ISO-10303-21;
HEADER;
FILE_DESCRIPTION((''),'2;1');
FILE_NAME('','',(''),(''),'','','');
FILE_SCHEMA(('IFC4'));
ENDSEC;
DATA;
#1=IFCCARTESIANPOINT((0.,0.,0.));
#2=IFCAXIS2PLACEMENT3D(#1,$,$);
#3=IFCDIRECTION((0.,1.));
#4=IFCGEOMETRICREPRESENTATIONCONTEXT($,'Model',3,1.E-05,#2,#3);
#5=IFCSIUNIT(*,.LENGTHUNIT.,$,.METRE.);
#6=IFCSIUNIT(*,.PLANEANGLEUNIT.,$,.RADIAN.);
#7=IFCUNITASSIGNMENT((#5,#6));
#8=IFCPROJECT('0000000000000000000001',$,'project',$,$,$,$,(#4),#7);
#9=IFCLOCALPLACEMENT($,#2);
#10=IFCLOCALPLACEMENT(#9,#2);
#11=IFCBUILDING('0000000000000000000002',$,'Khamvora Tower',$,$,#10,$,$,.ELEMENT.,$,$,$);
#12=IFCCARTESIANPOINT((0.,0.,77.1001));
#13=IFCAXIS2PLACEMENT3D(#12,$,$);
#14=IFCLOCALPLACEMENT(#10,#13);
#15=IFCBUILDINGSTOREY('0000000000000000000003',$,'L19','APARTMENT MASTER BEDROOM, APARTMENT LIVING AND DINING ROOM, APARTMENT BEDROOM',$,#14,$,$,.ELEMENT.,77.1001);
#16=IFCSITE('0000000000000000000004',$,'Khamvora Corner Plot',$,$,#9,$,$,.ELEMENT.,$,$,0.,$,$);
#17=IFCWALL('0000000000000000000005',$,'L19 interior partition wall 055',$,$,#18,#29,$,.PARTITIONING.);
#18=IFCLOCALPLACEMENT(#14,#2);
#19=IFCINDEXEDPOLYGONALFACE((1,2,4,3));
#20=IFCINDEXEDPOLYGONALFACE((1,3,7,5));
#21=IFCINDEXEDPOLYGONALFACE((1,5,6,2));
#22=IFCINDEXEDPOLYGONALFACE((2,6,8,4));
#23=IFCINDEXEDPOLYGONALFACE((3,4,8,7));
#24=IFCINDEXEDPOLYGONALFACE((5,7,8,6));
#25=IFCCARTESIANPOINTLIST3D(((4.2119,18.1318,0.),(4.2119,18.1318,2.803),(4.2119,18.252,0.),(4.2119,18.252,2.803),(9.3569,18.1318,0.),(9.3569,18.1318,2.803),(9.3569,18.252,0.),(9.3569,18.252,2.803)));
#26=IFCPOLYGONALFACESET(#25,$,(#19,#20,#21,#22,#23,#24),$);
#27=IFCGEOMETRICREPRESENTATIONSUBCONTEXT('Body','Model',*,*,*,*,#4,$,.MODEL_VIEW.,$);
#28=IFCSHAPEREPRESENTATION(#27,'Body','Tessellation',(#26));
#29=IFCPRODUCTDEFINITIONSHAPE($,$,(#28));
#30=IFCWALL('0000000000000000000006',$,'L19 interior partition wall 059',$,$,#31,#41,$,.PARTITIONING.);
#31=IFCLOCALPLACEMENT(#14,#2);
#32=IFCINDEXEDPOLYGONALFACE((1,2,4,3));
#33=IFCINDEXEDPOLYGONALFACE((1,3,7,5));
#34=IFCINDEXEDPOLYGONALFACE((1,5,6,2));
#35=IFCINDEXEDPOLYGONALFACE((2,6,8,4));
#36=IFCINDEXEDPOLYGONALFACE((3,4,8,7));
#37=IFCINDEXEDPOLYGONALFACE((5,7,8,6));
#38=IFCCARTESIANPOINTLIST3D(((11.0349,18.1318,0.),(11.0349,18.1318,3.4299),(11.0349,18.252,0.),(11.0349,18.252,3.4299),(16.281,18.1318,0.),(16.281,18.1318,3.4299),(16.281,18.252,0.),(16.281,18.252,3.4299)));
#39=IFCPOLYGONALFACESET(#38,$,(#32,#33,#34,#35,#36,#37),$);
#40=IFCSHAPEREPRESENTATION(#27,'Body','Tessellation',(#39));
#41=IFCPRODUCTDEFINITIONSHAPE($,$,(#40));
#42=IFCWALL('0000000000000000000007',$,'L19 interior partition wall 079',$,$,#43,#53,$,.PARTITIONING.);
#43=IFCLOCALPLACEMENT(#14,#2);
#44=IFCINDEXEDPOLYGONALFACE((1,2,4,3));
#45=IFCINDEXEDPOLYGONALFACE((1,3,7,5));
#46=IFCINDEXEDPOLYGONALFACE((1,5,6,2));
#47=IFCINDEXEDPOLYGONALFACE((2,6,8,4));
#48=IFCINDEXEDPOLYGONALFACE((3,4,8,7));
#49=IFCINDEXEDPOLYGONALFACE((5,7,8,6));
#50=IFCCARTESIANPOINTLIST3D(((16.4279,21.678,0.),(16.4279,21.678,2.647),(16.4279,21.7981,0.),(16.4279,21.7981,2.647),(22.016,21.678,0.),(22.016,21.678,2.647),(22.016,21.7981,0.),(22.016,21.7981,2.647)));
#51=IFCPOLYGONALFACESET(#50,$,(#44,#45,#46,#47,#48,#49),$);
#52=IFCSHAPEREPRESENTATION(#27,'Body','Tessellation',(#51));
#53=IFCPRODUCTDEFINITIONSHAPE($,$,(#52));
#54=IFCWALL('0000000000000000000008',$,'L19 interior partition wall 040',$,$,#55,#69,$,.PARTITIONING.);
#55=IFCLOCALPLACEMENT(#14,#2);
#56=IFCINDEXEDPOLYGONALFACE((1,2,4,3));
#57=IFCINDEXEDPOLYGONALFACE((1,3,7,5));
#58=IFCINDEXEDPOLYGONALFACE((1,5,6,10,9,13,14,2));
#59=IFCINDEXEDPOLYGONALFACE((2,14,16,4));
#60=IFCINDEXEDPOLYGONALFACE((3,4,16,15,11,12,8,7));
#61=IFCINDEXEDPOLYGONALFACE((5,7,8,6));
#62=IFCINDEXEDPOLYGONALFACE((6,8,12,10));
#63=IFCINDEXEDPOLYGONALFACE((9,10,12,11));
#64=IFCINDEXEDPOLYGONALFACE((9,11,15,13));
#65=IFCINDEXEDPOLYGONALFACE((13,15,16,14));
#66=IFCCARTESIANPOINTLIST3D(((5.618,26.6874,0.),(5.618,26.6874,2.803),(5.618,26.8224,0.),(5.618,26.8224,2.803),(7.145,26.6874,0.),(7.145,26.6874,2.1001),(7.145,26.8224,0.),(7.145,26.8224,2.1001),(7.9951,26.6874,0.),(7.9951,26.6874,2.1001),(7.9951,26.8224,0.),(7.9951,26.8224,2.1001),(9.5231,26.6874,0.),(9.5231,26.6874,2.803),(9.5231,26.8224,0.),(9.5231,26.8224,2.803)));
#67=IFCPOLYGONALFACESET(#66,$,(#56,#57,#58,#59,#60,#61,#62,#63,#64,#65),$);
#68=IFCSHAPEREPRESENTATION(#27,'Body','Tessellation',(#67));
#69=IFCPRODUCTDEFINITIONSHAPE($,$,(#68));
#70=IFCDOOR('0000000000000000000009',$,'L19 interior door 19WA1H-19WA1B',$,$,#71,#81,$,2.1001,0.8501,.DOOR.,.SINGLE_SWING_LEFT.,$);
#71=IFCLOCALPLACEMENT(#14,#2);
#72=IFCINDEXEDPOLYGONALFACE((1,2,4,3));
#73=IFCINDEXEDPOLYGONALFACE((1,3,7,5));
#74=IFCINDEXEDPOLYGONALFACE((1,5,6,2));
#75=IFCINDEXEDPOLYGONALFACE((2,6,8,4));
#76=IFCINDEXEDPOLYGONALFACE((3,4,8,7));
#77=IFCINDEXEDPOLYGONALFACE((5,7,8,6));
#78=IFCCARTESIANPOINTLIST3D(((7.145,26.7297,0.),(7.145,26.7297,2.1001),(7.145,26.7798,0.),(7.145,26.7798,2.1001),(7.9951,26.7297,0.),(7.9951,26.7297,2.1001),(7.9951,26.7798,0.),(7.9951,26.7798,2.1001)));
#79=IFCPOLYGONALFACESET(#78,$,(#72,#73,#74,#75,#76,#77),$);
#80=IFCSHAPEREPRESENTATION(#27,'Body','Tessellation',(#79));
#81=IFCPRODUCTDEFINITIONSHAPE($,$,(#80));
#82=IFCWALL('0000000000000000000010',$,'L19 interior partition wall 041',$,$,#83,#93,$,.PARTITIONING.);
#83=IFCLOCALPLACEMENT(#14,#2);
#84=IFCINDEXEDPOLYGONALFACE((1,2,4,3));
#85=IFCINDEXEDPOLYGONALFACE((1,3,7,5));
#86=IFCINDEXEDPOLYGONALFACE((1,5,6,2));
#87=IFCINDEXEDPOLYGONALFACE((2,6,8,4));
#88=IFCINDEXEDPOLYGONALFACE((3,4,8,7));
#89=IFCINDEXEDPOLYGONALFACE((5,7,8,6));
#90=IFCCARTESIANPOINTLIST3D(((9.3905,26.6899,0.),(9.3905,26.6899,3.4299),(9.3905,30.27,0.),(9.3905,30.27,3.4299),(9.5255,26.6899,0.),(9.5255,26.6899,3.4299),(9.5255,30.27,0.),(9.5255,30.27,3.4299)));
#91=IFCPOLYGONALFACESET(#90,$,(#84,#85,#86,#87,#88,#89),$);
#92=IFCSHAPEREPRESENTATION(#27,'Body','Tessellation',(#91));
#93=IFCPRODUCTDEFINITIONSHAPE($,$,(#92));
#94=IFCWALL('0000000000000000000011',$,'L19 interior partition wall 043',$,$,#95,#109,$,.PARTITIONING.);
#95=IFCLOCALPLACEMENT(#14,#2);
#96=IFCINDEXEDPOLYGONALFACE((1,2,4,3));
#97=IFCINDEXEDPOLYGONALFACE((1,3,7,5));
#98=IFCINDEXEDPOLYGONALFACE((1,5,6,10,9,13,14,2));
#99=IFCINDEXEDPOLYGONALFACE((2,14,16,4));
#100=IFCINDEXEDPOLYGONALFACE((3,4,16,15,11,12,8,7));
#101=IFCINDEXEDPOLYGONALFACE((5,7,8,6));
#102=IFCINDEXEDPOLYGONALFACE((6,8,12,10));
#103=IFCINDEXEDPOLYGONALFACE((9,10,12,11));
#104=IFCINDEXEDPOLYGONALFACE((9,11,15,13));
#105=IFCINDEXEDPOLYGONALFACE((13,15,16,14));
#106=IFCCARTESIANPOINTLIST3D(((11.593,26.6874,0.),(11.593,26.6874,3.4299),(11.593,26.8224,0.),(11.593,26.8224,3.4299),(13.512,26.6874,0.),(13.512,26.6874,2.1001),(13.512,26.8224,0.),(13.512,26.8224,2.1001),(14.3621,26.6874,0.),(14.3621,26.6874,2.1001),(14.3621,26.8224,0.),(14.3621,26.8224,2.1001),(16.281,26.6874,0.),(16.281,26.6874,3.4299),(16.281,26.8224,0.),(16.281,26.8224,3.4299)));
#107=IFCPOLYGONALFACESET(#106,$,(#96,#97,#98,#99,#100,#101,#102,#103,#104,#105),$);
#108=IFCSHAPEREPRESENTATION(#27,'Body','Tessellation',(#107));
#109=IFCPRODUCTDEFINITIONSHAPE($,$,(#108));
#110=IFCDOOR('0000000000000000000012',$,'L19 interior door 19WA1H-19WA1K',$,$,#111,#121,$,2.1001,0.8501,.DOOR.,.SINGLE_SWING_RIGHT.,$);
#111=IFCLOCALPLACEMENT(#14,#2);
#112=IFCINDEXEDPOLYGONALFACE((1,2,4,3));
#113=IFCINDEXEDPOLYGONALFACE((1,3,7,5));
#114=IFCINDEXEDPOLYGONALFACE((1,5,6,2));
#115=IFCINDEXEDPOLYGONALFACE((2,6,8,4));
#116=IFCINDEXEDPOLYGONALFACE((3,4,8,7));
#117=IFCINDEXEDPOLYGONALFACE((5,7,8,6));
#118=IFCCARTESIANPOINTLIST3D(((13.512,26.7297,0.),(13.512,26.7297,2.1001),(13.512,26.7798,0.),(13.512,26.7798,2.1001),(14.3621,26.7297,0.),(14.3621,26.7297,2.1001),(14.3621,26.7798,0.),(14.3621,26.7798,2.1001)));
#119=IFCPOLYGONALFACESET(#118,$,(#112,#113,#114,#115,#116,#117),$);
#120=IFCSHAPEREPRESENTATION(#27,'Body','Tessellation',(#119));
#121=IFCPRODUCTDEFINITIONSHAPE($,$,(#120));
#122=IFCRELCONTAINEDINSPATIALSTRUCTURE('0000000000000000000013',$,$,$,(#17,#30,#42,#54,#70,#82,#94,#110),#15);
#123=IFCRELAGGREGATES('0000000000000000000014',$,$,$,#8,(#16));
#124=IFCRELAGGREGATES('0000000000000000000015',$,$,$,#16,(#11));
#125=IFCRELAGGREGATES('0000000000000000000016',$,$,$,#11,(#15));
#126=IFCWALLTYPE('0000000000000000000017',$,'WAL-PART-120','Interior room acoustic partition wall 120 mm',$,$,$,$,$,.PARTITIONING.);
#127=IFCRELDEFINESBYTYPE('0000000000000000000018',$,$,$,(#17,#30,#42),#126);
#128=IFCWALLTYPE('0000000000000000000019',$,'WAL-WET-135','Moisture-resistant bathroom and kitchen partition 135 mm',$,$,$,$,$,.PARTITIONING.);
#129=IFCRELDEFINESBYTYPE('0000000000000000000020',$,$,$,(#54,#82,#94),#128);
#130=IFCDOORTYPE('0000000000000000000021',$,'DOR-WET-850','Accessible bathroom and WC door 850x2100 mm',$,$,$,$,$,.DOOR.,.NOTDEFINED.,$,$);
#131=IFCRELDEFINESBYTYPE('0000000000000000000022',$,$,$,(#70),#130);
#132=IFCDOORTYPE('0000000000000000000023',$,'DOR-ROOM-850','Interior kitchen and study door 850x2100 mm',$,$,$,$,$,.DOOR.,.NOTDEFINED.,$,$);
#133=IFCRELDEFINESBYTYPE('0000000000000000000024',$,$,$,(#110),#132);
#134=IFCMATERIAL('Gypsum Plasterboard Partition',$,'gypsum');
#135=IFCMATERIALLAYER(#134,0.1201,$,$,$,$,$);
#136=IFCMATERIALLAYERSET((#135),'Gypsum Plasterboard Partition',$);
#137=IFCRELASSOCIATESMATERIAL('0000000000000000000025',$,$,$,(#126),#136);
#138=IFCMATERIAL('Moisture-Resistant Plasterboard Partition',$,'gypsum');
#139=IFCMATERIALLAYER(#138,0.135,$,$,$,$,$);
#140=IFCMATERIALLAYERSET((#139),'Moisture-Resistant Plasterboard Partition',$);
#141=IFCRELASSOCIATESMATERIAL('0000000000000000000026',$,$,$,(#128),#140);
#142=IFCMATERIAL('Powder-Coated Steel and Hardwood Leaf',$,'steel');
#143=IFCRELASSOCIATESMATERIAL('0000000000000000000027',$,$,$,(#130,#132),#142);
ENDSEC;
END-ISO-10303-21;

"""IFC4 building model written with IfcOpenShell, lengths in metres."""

from ifc_helpers import new_model, si_unit, direction, frame, frame_2d, origin, place, context, subcontext, project, spatial, rectangle, extrude, material, layer, layer_set, type_object, element, fill, save


model = new_model("IFC4")

# Units and contexts
model_context = context("Model", 3, precision=1e-05, world=origin(), true_north=direction((0.0, 1.0)))
body_context = subcontext(model_context, "Body", "Model", "MODEL_VIEW")
ifc_project = project(units=[si_unit("LENGTHUNIT", "METRE"), si_unit("PLANEANGLEUNIT", "RADIAN")], contexts=[model_context])

# Site, building, storey
site_placement = place(None, origin())
site = spatial("IfcSite", under=ifc_project, at=site_placement, Name="Khamvora Corner Plot", CompositionType="ELEMENT", RefElevation=0.0)
building_placement = place(site_placement, origin())
building = spatial("IfcBuilding", under=site, at=building_placement, Name="Khamvora Tower", CompositionType="ELEMENT")
storey_placement = place(building_placement, frame((0.0, 0.0, 77.1001)))
storey = spatial("IfcBuildingStorey", under=building, at=storey_placement, Name="L19", Description="APARTMENT MASTER BEDROOM, APARTMENT LIVING AND DINING ROOM, APARTMENT BEDROOM", CompositionType="ELEMENT", Elevation=77.1001)

# Shared definitions
ifc_material_1 = material(Name="Gypsum Plasterboard Partition", Category="gypsum")
ifc_layer_1 = layer(ifc_material_1, 0.1201)
ifc_layer_set_1 = layer_set([ifc_layer_1], Name="Gypsum Plasterboard Partition")
wall_type_1 = type_object("IfcWallType", Name="WAL-PART-120", Description="Interior room acoustic partition wall 120 mm", PredefinedType="PARTITIONING", material=ifc_layer_set_1)
ifc_material_2 = material(Name="Powder-Coated Steel and Hardwood Leaf", Category="steel")

# Walls
wall_1_placement = place(storey_placement, frame((4.2119, 18.1919, 0.0), z_axis=(0.0, 0.0, 1.0), x_axis=(1.0, 0.0, 0.0)))
element("IfcWall", 1, at=wall_1_placement, inside=storey, type_object=wall_type_1, Name="L19 interior partition wall 055", PredefinedType="PARTITIONING", context=body_context, shape_type="SweptSolid", body=[
    extrude(rectangle(XDim=5.145, YDim=0.1201, at=frame_2d((2.5725, 0.0))), origin(), (0.0, 0.0, 1.0), 2.803),
])
wall_2_placement = place(storey_placement, frame((11.0349, 18.1919, 0.0), z_axis=(0.0, 0.0, 1.0), x_axis=(1.0, 0.0, 0.0)))
element("IfcWall", 2, at=wall_2_placement, inside=storey, type_object=wall_type_1, Name="L19 interior partition wall 059", PredefinedType="PARTITIONING", context=body_context, shape_type="SweptSolid", body=[
    extrude(rectangle(XDim=5.2461, YDim=0.1201, at=frame_2d((2.623, 0.0))), origin(), (0.0, 0.0, 1.0), 3.4299),
])
wall_3_placement = place(storey_placement, frame((16.428, 21.738, 0.0), z_axis=(0.0, 0.0, 1.0), x_axis=(1.0, 0.0, 0.0)))
element("IfcWall", 3, at=wall_3_placement, inside=storey, type_object=wall_type_1, Name="L19 interior partition wall 079", PredefinedType="PARTITIONING", context=body_context, shape_type="SweptSolid", body=[
    extrude(rectangle(XDim=5.5881, YDim=0.1201, at=frame_2d((2.7939, 0.0))), origin(), (0.0, 0.0, 1.0), 2.647),
])

# Wall, opening, door
ifc_material_3 = material(Name="Moisture-Resistant Plasterboard Partition", Category="gypsum")
ifc_layer_2 = layer(ifc_material_3, 0.135)
ifc_layer_set_2 = layer_set([ifc_layer_2], Name="Moisture-Resistant Plasterboard Partition")
wall_type_2 = type_object("IfcWallType", Name="WAL-WET-135", Description="Moisture-resistant bathroom and kitchen partition 135 mm", PredefinedType="PARTITIONING", material=ifc_layer_set_2)
wall_4_placement = place(storey_placement, frame((5.6179, 26.7549, 0.0), z_axis=(0.0, 0.0, 1.0), x_axis=(1.0, 0.0, 0.0)))
wall_4 = element("IfcWall", 4, at=wall_4_placement, inside=storey, type_object=wall_type_2, Name="L19 interior partition wall 040", PredefinedType="PARTITIONING", context=body_context, shape_type="SweptSolid", body=[
    extrude(rectangle(XDim=3.905, YDim=0.135, at=frame_2d((1.9526, 0.0))), origin(), (0.0, 0.0, 1.0), 2.803),
])
opening_1_placement = place(wall_4_placement, frame((1.5271, 0.0, 0.0)))
opening_1 = element("IfcOpeningElement", 5, at=opening_1_placement, cuts=wall_4, PredefinedType="OPENING", context=body_context, shape_type="SweptSolid", body=[
    extrude(rectangle(XDim=0.8501, YDim=2.1001, at=frame_2d((0.425, 1.05))), frame((0.0, 0.0774, 0.0), z_axis=(0.0, -1.0, 0.0), x_axis=(1.0, 0.0, 0.0)), (0.0, 0.0, 1.0), 0.155),
])
door_type_1 = type_object("IfcDoorType", Name="DOR-WET-850", Description="Accessible bathroom and WC door 850x2100 mm", OperationType="NOTDEFINED", PredefinedType="DOOR", material=ifc_material_2)
door_1_placement = place(opening_1_placement, origin())
door_1 = element("IfcDoor", 6, at=door_1_placement, inside=storey, type_object=door_type_1, Name="L19 interior door 19WA1H-19WA1B", OperationType="SINGLE_SWING_LEFT", OverallHeight=2.1001, OverallWidth=0.8501, PredefinedType="DOOR", context=body_context, shape_type="SweptSolid", body=[
    extrude(rectangle(XDim=0.8501, YDim=2.1001, at=frame_2d((0.425, 1.05))), frame((0.0, 0.0249, 0.0), z_axis=(0.0, -1.0, 0.0), x_axis=(1.0, 0.0, 0.0)), (0.0, 0.0, 1.0), 0.05),
])
fill(opening_1, door_1)

# Wall
wall_5_placement = place(storey_placement, frame((9.458, 26.6899, 0.0), z_axis=(0.0, 0.0, 1.0), x_axis=(0.0, 1.0, 0.0)))
element("IfcWall", 7, at=wall_5_placement, inside=storey, type_object=wall_type_2, Name="L19 interior partition wall 041", PredefinedType="PARTITIONING", context=body_context, shape_type="SweptSolid", body=[
    extrude(rectangle(XDim=3.5801, YDim=0.135, at=frame_2d((1.79, 0.0))), origin(), (0.0, 0.0, 1.0), 3.4299),
])

# Wall, opening, door
wall_6_placement = place(storey_placement, frame((11.593, 26.7549, 0.0), z_axis=(0.0, 0.0, 1.0), x_axis=(1.0, 0.0, 0.0)))
wall_6 = element("IfcWall", 8, at=wall_6_placement, inside=storey, type_object=wall_type_2, Name="L19 interior partition wall 043", PredefinedType="PARTITIONING", context=body_context, shape_type="SweptSolid", body=[
    extrude(rectangle(XDim=4.688, YDim=0.135, at=frame_2d((2.344, 0.0))), origin(), (0.0, 0.0, 1.0), 3.4299),
])
opening_2_placement = place(wall_6_placement, frame((1.9189, 0.0, 0.0)))
opening_2 = element("IfcOpeningElement", 9, at=opening_2_placement, cuts=wall_6, PredefinedType="OPENING", context=body_context, shape_type="SweptSolid", body=[
    extrude(rectangle(XDim=0.8501, YDim=2.1001, at=frame_2d((0.425, 1.05))), frame((0.0, 0.0774, 0.0), z_axis=(0.0, -1.0, 0.0), x_axis=(1.0, 0.0, 0.0)), (0.0, 0.0, 1.0), 0.155),
])
door_type_2 = type_object("IfcDoorType", Name="DOR-ROOM-850", Description="Interior kitchen and study door 850x2100 mm", OperationType="NOTDEFINED", PredefinedType="DOOR", material=ifc_material_2)
door_2_placement = place(opening_2_placement, origin())
door_2 = element("IfcDoor", 10, at=door_2_placement, inside=storey, type_object=door_type_2, Name="L19 interior door 19WA1H-19WA1K", OperationType="SINGLE_SWING_RIGHT", OverallHeight=2.1001, OverallWidth=0.8501, PredefinedType="DOOR", context=body_context, shape_type="SweptSolid", body=[
    extrude(rectangle(XDim=0.8501, YDim=2.1001, at=frame_2d((0.425, 1.05))), frame((0.0, 0.0249, 0.0), z_axis=(0.0, -1.0, 0.0), x_axis=(1.0, 0.0, 0.0)), (0.0, 0.0, 1.0), 0.05),
])
fill(opening_2, door_2)

save(model, "model.ifc")
